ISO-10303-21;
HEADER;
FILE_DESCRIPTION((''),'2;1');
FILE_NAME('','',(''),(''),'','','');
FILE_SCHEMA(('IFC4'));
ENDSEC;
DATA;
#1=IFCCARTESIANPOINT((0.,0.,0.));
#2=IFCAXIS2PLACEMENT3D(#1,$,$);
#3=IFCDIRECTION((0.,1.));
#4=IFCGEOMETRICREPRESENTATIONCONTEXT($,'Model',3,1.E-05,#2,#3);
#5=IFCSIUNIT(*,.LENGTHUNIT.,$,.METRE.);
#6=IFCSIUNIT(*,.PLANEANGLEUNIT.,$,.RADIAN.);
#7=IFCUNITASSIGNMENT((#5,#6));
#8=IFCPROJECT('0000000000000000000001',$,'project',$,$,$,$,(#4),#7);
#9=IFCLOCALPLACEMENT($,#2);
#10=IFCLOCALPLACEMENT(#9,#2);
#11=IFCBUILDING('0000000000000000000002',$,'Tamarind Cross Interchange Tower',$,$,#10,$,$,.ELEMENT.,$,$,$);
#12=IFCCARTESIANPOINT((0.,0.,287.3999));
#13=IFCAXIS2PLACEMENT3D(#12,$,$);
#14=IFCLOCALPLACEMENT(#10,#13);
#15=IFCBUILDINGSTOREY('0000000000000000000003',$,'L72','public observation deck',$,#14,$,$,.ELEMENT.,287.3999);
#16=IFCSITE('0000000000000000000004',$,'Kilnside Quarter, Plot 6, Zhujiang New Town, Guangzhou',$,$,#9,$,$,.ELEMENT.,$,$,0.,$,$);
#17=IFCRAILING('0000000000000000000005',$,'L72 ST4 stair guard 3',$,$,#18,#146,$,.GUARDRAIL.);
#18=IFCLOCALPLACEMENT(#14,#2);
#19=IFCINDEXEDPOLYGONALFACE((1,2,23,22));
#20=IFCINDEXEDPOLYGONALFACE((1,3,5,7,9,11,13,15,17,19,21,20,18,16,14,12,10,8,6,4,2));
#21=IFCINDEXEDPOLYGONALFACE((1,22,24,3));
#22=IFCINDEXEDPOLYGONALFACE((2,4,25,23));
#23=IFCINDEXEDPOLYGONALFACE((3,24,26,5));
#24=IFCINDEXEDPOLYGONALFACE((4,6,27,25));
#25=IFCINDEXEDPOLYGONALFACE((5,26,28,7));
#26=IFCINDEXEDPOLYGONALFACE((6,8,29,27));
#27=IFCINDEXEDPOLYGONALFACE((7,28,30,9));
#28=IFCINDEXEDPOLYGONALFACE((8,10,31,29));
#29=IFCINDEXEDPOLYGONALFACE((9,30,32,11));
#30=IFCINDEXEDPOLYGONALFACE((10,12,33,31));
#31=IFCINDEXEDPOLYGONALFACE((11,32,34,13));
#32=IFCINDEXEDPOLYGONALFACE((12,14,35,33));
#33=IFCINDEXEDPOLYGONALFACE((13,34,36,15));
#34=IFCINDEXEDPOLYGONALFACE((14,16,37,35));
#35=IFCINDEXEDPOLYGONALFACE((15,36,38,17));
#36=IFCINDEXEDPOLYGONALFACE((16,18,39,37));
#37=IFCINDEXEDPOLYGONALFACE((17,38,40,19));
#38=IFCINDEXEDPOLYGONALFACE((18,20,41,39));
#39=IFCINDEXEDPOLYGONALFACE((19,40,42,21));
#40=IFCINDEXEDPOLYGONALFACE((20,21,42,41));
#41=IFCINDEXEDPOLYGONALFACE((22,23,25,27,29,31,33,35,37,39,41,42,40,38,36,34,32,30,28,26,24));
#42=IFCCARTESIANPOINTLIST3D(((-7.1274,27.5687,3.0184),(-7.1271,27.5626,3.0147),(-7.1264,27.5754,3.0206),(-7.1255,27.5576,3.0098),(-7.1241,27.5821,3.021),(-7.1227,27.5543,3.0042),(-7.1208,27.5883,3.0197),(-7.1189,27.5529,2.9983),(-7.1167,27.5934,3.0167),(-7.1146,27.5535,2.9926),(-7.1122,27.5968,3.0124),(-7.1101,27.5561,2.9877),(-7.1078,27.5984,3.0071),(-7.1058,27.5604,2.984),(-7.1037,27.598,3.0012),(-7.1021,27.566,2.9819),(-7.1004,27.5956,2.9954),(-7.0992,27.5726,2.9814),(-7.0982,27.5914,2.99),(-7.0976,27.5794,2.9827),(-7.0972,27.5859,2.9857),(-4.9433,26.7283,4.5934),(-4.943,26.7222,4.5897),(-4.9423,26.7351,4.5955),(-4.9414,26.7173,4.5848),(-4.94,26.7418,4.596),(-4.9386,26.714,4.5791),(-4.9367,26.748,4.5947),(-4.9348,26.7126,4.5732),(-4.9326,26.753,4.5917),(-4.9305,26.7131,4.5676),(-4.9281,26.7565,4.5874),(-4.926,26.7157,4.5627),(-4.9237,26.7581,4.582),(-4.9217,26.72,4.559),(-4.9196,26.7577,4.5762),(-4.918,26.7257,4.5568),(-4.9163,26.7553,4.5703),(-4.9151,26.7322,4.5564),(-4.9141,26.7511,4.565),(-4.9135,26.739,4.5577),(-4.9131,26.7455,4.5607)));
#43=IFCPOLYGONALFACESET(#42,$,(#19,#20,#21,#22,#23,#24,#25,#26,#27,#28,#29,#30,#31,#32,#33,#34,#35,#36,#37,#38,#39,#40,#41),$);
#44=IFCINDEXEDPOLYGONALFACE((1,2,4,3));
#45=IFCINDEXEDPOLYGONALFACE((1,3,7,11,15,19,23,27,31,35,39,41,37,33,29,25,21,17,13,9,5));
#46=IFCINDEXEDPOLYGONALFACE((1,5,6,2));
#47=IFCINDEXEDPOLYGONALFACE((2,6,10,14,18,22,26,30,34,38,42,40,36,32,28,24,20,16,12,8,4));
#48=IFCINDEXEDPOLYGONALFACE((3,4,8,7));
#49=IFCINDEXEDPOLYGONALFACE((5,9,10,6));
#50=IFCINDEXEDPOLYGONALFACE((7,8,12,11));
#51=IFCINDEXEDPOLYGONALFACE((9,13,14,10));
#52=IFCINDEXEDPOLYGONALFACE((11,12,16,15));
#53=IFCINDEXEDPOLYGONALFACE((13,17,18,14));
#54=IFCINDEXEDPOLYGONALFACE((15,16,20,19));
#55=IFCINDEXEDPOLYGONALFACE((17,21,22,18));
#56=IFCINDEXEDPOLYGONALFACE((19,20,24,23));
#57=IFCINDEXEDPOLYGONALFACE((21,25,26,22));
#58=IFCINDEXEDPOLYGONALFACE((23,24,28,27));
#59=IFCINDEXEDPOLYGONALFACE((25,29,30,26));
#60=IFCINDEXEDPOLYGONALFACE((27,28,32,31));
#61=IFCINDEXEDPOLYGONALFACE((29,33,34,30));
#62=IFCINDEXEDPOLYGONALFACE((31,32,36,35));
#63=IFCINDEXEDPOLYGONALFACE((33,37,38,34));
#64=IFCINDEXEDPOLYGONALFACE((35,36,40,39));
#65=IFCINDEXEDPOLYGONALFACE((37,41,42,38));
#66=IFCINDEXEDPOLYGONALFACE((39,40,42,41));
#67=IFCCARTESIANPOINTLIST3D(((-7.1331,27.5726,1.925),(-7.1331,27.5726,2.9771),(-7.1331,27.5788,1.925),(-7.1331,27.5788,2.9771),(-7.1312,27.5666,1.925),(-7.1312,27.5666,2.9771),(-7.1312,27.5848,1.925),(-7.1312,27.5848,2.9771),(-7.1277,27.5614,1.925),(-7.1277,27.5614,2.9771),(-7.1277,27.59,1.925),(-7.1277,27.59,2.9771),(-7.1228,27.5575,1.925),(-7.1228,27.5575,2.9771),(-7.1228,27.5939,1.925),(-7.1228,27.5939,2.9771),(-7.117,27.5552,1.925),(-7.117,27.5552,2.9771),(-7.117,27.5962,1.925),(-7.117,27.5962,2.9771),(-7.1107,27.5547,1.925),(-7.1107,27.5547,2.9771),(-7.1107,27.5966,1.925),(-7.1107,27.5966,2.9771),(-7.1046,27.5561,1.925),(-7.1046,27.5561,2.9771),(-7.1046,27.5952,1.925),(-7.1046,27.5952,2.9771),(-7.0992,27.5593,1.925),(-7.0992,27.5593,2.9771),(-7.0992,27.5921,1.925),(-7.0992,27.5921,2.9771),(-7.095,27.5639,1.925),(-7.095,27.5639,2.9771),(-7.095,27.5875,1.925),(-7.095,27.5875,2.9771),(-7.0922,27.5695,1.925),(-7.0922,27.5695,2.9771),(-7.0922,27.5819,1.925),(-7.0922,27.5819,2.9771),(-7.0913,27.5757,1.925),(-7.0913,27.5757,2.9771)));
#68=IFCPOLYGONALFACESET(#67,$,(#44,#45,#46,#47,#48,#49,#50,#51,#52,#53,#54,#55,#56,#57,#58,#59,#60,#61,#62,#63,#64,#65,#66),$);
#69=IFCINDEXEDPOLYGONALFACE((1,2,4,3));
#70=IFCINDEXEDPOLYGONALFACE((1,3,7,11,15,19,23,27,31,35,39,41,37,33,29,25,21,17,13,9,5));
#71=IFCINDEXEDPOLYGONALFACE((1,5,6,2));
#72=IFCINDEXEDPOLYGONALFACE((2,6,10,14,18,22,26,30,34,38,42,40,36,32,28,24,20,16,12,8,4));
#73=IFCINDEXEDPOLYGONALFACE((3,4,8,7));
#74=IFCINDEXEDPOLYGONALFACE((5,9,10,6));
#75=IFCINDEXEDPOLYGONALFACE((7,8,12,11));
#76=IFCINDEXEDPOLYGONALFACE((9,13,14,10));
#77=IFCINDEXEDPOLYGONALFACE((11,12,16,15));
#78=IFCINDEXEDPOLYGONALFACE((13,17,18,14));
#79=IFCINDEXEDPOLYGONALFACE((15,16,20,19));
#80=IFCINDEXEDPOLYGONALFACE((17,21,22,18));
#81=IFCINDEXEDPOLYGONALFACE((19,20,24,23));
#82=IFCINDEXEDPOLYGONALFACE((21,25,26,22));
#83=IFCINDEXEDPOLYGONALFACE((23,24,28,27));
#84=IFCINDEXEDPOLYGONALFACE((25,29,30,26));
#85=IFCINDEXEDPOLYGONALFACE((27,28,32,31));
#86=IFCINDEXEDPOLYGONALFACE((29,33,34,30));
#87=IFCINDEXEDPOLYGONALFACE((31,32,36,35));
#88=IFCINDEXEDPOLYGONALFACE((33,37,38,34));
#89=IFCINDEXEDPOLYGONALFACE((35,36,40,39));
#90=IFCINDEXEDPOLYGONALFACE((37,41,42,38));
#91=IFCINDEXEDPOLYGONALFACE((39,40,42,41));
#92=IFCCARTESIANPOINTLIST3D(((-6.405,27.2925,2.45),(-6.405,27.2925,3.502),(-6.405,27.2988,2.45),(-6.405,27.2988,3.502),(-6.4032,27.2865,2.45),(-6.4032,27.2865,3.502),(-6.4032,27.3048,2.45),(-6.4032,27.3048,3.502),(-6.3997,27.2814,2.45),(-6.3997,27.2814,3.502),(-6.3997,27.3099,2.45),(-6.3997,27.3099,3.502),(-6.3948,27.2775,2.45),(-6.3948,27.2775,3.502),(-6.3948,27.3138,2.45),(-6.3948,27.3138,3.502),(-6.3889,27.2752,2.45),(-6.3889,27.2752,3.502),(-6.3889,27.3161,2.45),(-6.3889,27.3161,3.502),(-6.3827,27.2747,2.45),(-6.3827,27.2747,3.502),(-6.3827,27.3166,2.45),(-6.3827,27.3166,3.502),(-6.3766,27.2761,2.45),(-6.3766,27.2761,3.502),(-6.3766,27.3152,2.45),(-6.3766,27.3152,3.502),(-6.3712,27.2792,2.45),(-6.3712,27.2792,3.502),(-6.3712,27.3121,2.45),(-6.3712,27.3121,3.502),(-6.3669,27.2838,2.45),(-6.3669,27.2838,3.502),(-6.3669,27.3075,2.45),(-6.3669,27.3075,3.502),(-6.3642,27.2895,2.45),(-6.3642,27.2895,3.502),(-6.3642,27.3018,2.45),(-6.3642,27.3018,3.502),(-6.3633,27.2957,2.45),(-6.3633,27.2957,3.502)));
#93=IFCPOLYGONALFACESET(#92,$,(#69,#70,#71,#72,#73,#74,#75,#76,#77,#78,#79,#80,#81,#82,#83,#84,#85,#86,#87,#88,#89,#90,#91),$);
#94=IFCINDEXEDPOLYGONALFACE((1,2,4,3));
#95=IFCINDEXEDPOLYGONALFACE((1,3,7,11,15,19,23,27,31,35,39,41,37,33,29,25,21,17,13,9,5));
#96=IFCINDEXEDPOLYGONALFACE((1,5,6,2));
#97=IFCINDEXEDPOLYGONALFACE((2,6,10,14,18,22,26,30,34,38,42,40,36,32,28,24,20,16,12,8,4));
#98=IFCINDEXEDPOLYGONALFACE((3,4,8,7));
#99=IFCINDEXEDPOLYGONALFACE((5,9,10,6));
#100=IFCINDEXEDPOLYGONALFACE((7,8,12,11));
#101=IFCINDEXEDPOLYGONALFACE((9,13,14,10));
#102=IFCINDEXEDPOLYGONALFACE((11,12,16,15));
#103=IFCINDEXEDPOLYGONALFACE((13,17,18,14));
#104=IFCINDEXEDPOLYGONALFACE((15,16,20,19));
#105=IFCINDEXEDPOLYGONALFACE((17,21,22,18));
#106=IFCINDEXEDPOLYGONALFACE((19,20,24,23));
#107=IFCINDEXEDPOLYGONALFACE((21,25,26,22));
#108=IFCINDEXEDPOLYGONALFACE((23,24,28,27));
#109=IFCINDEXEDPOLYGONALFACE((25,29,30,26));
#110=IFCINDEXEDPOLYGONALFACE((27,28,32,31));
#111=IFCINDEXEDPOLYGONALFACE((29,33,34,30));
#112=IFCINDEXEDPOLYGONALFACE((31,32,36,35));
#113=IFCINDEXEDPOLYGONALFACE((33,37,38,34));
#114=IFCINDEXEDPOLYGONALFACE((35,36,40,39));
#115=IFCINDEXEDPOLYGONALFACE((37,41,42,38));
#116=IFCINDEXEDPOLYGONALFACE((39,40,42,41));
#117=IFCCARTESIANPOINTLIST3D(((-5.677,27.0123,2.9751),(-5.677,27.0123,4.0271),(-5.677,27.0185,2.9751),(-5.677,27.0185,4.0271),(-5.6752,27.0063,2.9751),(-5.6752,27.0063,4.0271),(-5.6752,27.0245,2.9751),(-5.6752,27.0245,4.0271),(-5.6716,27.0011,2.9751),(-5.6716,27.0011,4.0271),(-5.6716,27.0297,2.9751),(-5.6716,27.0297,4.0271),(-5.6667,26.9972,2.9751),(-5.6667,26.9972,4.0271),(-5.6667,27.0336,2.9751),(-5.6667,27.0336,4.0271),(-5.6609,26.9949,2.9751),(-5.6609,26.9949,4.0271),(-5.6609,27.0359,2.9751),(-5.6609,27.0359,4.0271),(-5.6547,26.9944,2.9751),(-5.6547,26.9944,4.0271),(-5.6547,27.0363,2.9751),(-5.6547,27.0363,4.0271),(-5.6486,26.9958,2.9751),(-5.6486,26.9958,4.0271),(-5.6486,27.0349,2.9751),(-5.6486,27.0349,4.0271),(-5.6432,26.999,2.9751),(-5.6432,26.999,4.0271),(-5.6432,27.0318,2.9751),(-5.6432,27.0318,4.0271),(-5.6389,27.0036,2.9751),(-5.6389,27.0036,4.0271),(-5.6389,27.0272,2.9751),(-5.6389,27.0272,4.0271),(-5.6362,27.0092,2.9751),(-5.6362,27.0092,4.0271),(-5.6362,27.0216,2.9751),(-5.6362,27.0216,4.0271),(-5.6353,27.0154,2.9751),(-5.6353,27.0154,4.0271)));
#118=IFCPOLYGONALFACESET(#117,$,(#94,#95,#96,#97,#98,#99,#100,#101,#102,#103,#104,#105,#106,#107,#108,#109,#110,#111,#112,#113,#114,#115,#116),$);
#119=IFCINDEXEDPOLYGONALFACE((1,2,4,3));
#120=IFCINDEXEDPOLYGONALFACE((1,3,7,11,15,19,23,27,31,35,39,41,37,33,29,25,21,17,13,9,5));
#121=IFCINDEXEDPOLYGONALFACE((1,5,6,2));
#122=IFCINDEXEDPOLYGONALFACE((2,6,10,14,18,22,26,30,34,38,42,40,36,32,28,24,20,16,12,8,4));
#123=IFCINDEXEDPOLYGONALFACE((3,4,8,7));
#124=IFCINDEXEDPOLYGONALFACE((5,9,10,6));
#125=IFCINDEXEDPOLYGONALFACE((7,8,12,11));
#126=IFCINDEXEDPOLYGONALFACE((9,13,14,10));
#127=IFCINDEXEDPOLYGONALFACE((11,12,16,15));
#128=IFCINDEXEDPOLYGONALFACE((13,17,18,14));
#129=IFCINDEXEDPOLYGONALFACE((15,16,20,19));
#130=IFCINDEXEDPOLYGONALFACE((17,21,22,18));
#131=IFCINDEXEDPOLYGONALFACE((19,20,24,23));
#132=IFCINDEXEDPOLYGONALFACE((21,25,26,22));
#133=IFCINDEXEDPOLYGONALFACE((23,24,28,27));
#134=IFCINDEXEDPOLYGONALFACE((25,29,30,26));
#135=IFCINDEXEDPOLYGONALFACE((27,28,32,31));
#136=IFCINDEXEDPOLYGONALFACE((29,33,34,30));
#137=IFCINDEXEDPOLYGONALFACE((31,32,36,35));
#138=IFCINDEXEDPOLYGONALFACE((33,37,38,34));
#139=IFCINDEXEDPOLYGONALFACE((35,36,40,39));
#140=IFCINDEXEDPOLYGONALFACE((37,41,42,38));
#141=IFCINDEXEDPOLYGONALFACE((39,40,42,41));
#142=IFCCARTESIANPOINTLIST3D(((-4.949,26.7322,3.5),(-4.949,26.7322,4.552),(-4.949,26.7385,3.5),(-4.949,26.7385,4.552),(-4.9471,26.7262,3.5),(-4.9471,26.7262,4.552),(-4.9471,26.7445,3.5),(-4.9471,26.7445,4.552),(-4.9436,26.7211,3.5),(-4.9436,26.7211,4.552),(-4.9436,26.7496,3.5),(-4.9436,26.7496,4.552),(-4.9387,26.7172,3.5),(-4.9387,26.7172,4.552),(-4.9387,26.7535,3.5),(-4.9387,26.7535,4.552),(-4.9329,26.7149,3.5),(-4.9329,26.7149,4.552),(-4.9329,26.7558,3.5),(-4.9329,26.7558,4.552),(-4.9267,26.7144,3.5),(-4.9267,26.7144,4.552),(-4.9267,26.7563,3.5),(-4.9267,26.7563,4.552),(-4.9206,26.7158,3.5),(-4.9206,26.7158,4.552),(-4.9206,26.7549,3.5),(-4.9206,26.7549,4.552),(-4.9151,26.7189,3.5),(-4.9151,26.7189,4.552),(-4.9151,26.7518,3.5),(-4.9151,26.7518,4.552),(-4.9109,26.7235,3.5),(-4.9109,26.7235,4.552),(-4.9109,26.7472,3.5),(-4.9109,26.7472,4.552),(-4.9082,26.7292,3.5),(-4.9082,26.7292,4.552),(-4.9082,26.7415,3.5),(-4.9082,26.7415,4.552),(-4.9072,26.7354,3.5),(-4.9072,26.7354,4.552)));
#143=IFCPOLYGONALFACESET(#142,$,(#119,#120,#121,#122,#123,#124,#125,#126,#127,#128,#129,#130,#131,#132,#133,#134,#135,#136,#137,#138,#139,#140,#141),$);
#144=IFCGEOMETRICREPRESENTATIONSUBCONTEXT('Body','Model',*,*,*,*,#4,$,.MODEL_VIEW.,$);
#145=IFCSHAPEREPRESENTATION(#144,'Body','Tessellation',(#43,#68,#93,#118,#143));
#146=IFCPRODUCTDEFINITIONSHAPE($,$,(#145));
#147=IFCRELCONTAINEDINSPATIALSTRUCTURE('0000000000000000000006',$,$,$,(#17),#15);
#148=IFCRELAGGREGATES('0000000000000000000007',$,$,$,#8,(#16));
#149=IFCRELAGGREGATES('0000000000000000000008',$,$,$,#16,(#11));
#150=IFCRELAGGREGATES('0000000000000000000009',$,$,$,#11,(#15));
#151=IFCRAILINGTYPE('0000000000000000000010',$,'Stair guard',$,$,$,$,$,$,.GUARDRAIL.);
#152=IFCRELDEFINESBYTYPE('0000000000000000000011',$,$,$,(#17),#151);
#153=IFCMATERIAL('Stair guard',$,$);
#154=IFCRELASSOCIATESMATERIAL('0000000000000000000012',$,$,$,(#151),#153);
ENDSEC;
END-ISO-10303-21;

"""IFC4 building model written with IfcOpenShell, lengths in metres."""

from ifc_helpers import new_model, si_unit, direction, frame, origin, origin_2d, place, context, subcontext, project, spatial, circle, extrude, material, type_object, element, save


model = new_model("IFC4")

# Units and contexts
model_context = context("Model", 3, precision=1e-05, world=origin(), true_north=direction((0.0, 1.0)))
body_context = subcontext(model_context, "Body", "Model", "MODEL_VIEW")
ifc_project = project(units=[si_unit("LENGTHUNIT", "METRE"), si_unit("PLANEANGLEUNIT", "RADIAN")], contexts=[model_context])

# Site, building, storey
site_placement = place(None, origin())
site = spatial("IfcSite", under=ifc_project, at=site_placement, Name="Kilnside Quarter, Plot 6, Zhujiang New Town, Guangzhou", CompositionType="ELEMENT", RefElevation=0.0)
building_placement = place(site_placement, origin())
building = spatial("IfcBuilding", under=site, at=building_placement, Name="Tamarind Cross Interchange Tower", CompositionType="ELEMENT")
storey_placement = place(building_placement, frame((0.0, 0.0, 287.3999)))
storey = spatial("IfcBuildingStorey", under=building, at=storey_placement, Name="L72", Description="public observation deck", CompositionType="ELEMENT", Elevation=287.3999)

# Railing
ifc_material_1 = material(Name="Stair guard")
railing_type_1 = type_object("IfcRailingType", Name="Stair guard", PredefinedType="GUARDRAIL", material=ifc_material_1)
railing_1_placement = place(storey_placement, frame((-7.1123, 27.5757, 1.925)))
element("IfcRailing", 1, at=railing_1_placement, inside=storey, type_object=railing_type_1, Name="L72 ST4 stair guard 3", PredefinedType="GUARDRAIL", context=body_context, shape_type="SweptSolid", body=[
    extrude(circle(Radius=0.0239, at=origin_2d()), frame((0.0, 0.0, 1.0762), z_axis=(0.774281, -0.297907, 0.558337), x_axis=(0.359091, 0.933303, 0.0)), (0.0, 0.0, 1.0), 2.8208),
    extrude(circle(Radius=0.021, at=origin_2d()), origin(), (0.0, 0.0, 1.0), 1.052),
    extrude(circle(Radius=0.021, at=origin_2d()), frame((0.728, -0.28, 0.5249)), (0.0, 0.0, 1.0), 1.052),
    extrude(circle(Radius=0.021, at=origin_2d()), frame((1.4561, -0.5603, 1.05)), (0.0, 0.0, 1.0), 1.052),
    extrude(circle(Radius=0.021, at=origin_2d()), frame((2.1841, -0.8403, 1.575)), (0.0, 0.0, 1.0), 1.052),
])

save(model, "model.ifc")
